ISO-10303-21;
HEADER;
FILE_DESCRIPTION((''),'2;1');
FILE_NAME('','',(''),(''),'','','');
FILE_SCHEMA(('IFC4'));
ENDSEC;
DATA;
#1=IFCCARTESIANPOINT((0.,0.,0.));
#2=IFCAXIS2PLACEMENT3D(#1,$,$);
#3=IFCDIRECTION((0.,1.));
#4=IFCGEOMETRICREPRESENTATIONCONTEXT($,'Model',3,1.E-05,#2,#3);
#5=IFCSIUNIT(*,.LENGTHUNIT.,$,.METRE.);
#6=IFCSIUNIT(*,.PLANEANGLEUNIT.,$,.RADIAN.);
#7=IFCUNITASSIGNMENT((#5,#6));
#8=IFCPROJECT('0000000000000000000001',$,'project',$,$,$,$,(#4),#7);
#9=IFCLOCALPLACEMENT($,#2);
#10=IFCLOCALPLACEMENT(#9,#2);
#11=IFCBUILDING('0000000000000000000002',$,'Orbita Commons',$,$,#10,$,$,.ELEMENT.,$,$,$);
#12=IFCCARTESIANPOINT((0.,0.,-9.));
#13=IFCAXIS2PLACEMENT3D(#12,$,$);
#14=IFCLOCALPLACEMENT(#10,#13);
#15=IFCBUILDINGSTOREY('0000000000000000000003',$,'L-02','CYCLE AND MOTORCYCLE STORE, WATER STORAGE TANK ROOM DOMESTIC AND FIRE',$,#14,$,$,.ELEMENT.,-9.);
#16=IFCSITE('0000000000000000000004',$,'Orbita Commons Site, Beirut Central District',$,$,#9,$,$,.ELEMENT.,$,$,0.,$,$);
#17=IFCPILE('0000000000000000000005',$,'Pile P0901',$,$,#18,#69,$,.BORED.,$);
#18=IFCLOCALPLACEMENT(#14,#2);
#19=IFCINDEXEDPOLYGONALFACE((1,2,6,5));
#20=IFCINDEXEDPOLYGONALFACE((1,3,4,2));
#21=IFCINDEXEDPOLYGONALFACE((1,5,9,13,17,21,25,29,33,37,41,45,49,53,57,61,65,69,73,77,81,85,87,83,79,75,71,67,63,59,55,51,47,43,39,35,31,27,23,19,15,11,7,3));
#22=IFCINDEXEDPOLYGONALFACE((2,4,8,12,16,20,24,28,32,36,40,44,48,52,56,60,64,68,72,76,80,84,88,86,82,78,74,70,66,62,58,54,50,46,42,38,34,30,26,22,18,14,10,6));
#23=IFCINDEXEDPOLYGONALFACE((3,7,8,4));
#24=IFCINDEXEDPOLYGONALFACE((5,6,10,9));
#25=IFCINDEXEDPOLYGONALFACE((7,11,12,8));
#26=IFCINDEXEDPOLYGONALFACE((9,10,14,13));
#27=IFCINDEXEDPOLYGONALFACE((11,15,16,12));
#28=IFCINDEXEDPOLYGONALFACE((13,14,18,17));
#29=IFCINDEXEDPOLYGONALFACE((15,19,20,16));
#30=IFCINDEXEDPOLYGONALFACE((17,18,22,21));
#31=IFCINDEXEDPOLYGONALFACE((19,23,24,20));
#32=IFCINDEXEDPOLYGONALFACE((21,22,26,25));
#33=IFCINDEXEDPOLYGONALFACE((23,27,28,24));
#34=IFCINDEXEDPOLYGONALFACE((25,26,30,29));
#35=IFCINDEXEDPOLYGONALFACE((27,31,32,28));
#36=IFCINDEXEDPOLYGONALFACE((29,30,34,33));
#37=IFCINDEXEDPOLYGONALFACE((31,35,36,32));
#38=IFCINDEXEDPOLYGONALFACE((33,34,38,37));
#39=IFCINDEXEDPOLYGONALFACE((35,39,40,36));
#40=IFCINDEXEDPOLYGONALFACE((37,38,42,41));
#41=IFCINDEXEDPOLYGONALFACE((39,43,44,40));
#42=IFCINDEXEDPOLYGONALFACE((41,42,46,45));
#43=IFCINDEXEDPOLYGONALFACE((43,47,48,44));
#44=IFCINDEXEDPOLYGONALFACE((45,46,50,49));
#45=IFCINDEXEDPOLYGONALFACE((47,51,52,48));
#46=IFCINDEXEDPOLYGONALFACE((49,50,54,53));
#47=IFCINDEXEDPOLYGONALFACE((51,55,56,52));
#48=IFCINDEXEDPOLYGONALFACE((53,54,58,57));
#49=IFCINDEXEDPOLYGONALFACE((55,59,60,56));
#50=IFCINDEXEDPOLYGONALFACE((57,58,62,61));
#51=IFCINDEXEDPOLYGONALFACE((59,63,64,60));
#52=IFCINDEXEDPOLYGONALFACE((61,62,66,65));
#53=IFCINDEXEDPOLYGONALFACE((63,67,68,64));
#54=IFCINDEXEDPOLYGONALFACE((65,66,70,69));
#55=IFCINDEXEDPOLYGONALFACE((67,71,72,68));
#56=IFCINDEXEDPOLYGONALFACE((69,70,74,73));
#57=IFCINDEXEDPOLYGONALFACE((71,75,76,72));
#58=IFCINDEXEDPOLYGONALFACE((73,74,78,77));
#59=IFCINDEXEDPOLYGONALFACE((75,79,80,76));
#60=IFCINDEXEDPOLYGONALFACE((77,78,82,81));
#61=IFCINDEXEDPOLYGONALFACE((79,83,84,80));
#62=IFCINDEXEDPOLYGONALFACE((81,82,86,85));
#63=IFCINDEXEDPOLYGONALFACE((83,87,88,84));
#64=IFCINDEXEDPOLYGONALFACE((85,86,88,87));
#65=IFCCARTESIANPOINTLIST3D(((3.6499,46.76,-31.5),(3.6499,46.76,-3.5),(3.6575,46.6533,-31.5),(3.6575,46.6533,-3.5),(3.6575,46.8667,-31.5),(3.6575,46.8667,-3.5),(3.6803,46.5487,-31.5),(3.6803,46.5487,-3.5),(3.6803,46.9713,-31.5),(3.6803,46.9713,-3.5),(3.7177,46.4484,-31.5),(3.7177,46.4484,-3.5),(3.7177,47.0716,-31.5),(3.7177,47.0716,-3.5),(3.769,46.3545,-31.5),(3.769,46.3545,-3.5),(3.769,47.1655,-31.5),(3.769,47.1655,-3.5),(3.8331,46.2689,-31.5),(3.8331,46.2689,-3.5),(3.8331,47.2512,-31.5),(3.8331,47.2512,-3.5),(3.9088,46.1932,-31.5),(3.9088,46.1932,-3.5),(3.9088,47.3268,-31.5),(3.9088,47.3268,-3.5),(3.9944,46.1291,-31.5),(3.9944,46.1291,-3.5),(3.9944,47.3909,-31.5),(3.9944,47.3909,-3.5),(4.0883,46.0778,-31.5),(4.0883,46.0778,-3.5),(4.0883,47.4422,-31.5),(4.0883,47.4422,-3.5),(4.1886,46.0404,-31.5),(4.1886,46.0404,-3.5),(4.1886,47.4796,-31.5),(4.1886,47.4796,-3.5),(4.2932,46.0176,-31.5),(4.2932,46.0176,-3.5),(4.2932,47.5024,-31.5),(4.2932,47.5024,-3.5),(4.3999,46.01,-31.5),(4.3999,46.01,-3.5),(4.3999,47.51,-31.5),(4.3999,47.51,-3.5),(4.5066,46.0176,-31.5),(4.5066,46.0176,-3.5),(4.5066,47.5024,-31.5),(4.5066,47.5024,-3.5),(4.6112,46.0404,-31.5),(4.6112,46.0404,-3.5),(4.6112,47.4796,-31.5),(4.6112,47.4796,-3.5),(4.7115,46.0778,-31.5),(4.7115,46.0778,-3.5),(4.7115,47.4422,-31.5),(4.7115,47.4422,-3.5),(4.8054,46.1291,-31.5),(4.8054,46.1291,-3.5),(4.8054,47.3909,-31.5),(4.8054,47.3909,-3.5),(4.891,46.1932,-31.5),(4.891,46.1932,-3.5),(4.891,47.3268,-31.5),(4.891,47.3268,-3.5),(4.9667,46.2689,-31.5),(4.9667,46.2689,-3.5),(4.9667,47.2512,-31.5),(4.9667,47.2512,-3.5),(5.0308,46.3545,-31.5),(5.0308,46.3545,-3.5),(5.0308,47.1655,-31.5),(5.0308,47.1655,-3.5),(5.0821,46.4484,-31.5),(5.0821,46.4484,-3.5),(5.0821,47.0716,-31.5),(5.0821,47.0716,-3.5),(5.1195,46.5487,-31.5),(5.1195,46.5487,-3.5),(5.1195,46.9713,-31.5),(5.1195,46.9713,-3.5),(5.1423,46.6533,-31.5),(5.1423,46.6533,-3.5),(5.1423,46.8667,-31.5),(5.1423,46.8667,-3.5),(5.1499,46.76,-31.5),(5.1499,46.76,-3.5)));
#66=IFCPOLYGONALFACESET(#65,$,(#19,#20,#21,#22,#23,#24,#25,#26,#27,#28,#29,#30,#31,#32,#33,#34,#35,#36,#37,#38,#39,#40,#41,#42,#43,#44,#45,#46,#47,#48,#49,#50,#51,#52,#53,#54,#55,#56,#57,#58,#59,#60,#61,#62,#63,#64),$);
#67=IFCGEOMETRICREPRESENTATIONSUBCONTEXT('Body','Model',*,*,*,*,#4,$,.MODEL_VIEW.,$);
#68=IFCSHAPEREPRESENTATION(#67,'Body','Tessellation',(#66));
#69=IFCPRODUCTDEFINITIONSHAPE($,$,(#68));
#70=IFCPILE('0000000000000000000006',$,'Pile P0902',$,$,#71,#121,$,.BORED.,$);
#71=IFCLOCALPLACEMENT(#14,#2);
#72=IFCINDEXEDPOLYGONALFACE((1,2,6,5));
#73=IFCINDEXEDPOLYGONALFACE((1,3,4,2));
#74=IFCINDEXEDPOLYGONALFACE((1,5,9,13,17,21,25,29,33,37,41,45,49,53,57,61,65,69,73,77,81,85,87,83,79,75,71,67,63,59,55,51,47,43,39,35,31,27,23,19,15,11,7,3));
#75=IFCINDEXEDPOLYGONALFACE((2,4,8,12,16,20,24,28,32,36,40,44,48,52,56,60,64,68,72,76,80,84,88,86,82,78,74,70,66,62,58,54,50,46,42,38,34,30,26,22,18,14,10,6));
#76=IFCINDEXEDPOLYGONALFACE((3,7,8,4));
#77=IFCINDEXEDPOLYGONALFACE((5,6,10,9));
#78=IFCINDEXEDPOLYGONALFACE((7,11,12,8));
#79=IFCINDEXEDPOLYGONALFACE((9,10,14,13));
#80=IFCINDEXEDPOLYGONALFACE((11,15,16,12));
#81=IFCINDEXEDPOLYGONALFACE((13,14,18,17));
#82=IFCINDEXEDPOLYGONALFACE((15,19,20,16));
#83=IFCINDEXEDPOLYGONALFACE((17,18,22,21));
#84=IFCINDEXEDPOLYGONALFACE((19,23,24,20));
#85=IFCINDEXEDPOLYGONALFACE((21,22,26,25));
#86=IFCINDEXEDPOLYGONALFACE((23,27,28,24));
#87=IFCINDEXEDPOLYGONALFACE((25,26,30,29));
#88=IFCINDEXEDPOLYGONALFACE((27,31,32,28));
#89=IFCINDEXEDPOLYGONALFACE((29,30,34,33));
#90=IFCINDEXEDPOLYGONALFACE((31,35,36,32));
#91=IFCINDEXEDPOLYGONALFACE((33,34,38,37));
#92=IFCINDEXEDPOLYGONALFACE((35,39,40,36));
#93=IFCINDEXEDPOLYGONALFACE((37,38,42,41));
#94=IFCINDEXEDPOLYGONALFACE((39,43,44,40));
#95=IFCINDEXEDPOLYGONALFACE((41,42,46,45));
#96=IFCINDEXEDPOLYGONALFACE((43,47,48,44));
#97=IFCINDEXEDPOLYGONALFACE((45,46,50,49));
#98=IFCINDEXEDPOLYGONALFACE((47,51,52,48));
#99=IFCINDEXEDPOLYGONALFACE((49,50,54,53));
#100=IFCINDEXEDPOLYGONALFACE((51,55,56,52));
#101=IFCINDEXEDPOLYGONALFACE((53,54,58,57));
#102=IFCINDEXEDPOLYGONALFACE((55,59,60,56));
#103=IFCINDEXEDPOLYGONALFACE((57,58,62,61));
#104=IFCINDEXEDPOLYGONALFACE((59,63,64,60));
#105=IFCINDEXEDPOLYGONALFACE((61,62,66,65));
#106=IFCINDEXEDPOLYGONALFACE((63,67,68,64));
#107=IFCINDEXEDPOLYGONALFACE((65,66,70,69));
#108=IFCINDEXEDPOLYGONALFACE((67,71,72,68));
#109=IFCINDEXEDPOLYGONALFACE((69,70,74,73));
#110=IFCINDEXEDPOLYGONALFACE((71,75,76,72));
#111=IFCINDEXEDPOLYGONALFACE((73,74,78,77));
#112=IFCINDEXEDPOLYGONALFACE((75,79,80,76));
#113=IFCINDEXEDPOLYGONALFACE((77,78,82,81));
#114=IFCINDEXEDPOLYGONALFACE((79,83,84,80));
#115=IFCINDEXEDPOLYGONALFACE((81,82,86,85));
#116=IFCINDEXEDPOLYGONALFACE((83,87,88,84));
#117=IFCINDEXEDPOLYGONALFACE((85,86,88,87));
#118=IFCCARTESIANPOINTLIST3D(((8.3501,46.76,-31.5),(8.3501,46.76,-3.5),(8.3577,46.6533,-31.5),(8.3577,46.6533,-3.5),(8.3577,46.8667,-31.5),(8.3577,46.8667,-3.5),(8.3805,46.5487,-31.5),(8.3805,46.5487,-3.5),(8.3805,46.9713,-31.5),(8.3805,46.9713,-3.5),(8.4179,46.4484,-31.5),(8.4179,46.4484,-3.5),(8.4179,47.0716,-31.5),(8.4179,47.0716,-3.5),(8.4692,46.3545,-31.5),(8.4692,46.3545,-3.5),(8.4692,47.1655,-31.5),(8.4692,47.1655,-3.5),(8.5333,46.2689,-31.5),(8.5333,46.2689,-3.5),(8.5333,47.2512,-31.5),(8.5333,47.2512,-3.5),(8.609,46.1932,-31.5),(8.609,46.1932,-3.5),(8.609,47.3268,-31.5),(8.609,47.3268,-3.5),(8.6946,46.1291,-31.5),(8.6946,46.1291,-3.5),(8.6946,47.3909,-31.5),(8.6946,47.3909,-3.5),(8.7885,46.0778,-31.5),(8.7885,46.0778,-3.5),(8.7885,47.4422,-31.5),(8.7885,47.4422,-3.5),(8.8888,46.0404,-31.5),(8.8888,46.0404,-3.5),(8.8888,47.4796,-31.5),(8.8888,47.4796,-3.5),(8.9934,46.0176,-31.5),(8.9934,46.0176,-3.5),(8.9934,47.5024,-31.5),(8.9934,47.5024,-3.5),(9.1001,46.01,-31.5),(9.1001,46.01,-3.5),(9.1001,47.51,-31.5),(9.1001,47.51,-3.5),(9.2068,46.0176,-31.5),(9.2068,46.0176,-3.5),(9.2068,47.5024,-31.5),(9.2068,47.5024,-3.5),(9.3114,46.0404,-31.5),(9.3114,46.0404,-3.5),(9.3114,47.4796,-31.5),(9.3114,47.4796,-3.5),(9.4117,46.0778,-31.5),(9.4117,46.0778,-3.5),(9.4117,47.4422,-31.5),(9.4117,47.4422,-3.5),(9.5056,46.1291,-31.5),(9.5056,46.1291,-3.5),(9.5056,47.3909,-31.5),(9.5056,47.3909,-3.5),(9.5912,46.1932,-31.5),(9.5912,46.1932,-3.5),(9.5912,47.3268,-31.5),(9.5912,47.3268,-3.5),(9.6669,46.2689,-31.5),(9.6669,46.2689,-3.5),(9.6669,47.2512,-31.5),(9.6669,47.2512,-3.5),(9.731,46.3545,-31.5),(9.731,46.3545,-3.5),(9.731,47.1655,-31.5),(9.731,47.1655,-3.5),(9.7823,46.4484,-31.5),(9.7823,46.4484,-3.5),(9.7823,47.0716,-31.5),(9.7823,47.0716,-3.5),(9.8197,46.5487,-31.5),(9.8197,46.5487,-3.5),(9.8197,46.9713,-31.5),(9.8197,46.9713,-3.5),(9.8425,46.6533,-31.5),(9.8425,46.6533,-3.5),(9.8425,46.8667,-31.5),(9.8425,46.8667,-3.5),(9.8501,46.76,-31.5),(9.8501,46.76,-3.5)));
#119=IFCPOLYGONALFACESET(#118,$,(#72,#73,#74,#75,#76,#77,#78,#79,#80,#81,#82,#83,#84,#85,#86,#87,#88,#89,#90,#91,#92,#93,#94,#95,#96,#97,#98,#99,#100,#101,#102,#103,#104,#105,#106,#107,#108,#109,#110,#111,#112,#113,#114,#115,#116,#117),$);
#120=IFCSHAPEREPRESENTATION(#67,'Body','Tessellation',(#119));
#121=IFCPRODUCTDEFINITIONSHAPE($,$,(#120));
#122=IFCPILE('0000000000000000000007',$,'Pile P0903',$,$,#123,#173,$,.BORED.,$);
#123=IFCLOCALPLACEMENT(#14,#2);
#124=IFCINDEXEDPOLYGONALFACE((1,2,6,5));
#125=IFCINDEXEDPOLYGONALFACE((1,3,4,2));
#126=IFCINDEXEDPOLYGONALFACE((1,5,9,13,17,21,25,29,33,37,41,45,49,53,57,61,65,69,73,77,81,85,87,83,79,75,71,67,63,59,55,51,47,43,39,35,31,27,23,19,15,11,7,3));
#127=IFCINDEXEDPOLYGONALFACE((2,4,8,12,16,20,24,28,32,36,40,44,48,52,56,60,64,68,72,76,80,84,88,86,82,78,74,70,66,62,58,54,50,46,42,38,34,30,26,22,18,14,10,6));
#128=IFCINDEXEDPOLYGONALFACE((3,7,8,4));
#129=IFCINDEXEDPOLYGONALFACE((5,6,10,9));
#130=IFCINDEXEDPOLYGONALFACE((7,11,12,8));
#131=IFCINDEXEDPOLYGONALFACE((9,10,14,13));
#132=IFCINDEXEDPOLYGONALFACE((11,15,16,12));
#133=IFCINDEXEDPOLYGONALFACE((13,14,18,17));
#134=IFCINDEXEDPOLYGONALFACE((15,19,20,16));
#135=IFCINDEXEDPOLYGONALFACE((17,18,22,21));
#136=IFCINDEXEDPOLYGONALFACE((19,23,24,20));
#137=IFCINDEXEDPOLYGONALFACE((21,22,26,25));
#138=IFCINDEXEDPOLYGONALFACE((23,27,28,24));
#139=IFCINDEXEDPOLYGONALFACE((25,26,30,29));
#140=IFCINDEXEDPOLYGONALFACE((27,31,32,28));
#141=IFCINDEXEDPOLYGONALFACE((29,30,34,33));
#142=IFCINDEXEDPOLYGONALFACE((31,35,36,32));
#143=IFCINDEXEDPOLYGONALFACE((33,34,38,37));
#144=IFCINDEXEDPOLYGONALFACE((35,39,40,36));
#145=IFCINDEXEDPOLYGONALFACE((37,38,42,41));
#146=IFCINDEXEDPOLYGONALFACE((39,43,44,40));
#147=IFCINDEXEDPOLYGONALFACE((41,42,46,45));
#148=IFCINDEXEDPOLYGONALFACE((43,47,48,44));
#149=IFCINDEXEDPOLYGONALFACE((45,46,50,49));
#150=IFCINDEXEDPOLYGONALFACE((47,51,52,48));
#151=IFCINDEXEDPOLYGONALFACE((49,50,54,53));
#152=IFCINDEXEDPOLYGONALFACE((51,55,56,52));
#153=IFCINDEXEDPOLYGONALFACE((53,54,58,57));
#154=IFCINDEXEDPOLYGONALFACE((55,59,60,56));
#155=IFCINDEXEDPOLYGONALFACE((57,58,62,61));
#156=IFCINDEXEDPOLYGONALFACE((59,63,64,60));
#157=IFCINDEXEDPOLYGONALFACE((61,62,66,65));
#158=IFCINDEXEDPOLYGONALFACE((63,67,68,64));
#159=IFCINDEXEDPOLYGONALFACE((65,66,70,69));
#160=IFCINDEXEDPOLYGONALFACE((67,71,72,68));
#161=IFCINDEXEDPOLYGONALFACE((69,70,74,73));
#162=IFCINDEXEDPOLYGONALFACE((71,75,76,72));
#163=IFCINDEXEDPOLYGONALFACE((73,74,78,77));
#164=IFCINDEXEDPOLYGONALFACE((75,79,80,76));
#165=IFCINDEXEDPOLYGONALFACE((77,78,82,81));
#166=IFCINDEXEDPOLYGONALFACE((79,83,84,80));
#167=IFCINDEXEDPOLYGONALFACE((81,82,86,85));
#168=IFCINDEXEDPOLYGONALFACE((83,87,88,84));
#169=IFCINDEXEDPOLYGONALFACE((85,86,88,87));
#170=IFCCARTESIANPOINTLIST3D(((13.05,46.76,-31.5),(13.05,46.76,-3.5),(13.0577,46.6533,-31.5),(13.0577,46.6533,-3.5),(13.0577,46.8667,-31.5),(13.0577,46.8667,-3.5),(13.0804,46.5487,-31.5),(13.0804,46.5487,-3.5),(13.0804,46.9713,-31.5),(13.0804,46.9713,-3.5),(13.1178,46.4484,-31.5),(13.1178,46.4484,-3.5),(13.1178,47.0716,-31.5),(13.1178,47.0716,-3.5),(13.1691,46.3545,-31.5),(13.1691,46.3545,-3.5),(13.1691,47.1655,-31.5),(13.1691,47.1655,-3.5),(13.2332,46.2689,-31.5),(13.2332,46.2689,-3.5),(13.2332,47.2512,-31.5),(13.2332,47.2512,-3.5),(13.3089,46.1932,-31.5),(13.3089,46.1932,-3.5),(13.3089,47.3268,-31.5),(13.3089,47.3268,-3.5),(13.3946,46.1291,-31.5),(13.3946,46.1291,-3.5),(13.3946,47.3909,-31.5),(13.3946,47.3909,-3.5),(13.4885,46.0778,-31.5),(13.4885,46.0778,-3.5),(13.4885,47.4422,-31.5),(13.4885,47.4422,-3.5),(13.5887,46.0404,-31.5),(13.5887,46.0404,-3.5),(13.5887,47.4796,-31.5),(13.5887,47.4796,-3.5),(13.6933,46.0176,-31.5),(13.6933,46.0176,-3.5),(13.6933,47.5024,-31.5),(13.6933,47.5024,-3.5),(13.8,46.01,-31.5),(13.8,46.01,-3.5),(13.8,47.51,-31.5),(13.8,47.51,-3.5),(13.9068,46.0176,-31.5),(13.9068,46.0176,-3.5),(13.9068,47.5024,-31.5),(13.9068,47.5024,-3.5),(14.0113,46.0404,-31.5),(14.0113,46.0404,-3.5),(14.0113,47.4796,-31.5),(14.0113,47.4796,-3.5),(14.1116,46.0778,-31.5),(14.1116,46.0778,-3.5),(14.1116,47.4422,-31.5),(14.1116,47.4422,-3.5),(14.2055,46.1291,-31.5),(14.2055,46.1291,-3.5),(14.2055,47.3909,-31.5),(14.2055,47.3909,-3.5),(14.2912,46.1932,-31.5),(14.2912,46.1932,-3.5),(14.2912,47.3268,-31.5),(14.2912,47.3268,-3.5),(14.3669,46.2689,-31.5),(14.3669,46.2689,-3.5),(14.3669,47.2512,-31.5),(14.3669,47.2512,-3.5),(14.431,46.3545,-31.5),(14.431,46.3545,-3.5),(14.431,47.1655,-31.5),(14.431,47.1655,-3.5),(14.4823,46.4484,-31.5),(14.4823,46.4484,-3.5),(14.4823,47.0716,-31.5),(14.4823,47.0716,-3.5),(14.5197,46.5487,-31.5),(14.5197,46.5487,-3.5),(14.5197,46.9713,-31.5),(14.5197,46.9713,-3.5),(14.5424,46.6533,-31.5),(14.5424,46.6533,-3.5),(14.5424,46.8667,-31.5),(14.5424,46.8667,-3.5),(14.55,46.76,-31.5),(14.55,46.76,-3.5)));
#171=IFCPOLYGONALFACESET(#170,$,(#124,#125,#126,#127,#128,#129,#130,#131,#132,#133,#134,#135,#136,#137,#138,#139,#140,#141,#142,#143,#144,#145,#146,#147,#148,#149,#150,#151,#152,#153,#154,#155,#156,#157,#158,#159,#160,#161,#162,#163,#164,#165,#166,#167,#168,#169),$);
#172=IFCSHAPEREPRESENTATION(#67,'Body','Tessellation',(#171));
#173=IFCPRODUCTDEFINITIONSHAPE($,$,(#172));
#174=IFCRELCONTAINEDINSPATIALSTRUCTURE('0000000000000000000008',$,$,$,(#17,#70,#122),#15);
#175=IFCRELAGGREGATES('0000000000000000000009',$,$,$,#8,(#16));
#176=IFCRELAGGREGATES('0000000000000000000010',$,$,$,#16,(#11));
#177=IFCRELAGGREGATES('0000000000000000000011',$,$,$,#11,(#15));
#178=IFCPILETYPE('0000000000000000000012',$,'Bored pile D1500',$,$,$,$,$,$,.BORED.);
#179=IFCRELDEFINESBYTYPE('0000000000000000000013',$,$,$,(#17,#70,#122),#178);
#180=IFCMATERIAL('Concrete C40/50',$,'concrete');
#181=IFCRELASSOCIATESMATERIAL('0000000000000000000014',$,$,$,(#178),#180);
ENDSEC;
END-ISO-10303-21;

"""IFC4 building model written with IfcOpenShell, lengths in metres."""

from ifc_helpers import new_model, si_unit, direction, frame, origin, origin_2d, place, context, subcontext, project, spatial, circle, extrude, material, material_profile, profile_set, type_object, element, save


model = new_model("IFC4")

# Units and contexts
model_context = context("Model", 3, precision=1e-05, world=origin(), true_north=direction((0.0, 1.0)))
body_context = subcontext(model_context, "Body", "Model", "MODEL_VIEW")
ifc_project = project(units=[si_unit("LENGTHUNIT", "METRE"), si_unit("PLANEANGLEUNIT", "RADIAN")], contexts=[model_context])

# Site, building, storey
site_placement = place(None, origin())
site = spatial("IfcSite", under=ifc_project, at=site_placement, Name="Orbita Commons Site, Beirut Central District", CompositionType="ELEMENT", RefElevation=0.0)
building_placement = place(site_placement, origin())
building = spatial("IfcBuilding", under=site, at=building_placement, Name="Orbita Commons", CompositionType="ELEMENT")
storey_placement = place(building_placement, frame((0.0, 0.0, -9.0)))
storey = spatial("IfcBuildingStorey", under=building, at=storey_placement, Name="L-02", Description="CYCLE AND MOTORCYCLE STORE, WATER STORAGE TANK ROOM DOMESTIC AND FIRE", CompositionType="ELEMENT", Elevation=-9.0)

# Piles
ifc_material_1 = material(Name="Concrete C40/50", Category="concrete")
ifc_material_profile_1 = material_profile(ifc_material_1, circle(Radius=0.75, at=origin_2d()), Name="RC D1500")
ifc_profile_set_1 = profile_set([ifc_material_profile_1], Name="Concrete C40/50")
pile_type = type_object("IfcPileType", Name="Bored pile D1500", PredefinedType="BORED", material=ifc_profile_set_1)
for number, where, z_axis, x_axis, name in (
    (1, (4.3999, 46.76, -3.5), (0.0, 0.0, -1.0), (1.0, 0.0, 0.0), "Pile P0901"),
    (2, (9.1001, 46.76, -3.5), (0.0, 0.0, -1.0), (1.0, 0.0, 0.0), "Pile P0902"),
    (3, (13.8, 46.76, -3.5), (0.0, 0.0, -1.0), (1.0, 0.0, 0.0), "Pile P0903"),
):
    element("IfcPile", number, at=place(storey_placement, frame(where, z_axis=z_axis, x_axis=x_axis)), inside=storey, type_object=pile_type, Name=name, PredefinedType="BORED", context=body_context, shape_type="SweptSolid", body=[
        extrude(circle(Radius=0.75, at=origin_2d()), origin(), (0.0, 0.0, 1.0), 28.0),
    ])

save(model, "model.ifc")
